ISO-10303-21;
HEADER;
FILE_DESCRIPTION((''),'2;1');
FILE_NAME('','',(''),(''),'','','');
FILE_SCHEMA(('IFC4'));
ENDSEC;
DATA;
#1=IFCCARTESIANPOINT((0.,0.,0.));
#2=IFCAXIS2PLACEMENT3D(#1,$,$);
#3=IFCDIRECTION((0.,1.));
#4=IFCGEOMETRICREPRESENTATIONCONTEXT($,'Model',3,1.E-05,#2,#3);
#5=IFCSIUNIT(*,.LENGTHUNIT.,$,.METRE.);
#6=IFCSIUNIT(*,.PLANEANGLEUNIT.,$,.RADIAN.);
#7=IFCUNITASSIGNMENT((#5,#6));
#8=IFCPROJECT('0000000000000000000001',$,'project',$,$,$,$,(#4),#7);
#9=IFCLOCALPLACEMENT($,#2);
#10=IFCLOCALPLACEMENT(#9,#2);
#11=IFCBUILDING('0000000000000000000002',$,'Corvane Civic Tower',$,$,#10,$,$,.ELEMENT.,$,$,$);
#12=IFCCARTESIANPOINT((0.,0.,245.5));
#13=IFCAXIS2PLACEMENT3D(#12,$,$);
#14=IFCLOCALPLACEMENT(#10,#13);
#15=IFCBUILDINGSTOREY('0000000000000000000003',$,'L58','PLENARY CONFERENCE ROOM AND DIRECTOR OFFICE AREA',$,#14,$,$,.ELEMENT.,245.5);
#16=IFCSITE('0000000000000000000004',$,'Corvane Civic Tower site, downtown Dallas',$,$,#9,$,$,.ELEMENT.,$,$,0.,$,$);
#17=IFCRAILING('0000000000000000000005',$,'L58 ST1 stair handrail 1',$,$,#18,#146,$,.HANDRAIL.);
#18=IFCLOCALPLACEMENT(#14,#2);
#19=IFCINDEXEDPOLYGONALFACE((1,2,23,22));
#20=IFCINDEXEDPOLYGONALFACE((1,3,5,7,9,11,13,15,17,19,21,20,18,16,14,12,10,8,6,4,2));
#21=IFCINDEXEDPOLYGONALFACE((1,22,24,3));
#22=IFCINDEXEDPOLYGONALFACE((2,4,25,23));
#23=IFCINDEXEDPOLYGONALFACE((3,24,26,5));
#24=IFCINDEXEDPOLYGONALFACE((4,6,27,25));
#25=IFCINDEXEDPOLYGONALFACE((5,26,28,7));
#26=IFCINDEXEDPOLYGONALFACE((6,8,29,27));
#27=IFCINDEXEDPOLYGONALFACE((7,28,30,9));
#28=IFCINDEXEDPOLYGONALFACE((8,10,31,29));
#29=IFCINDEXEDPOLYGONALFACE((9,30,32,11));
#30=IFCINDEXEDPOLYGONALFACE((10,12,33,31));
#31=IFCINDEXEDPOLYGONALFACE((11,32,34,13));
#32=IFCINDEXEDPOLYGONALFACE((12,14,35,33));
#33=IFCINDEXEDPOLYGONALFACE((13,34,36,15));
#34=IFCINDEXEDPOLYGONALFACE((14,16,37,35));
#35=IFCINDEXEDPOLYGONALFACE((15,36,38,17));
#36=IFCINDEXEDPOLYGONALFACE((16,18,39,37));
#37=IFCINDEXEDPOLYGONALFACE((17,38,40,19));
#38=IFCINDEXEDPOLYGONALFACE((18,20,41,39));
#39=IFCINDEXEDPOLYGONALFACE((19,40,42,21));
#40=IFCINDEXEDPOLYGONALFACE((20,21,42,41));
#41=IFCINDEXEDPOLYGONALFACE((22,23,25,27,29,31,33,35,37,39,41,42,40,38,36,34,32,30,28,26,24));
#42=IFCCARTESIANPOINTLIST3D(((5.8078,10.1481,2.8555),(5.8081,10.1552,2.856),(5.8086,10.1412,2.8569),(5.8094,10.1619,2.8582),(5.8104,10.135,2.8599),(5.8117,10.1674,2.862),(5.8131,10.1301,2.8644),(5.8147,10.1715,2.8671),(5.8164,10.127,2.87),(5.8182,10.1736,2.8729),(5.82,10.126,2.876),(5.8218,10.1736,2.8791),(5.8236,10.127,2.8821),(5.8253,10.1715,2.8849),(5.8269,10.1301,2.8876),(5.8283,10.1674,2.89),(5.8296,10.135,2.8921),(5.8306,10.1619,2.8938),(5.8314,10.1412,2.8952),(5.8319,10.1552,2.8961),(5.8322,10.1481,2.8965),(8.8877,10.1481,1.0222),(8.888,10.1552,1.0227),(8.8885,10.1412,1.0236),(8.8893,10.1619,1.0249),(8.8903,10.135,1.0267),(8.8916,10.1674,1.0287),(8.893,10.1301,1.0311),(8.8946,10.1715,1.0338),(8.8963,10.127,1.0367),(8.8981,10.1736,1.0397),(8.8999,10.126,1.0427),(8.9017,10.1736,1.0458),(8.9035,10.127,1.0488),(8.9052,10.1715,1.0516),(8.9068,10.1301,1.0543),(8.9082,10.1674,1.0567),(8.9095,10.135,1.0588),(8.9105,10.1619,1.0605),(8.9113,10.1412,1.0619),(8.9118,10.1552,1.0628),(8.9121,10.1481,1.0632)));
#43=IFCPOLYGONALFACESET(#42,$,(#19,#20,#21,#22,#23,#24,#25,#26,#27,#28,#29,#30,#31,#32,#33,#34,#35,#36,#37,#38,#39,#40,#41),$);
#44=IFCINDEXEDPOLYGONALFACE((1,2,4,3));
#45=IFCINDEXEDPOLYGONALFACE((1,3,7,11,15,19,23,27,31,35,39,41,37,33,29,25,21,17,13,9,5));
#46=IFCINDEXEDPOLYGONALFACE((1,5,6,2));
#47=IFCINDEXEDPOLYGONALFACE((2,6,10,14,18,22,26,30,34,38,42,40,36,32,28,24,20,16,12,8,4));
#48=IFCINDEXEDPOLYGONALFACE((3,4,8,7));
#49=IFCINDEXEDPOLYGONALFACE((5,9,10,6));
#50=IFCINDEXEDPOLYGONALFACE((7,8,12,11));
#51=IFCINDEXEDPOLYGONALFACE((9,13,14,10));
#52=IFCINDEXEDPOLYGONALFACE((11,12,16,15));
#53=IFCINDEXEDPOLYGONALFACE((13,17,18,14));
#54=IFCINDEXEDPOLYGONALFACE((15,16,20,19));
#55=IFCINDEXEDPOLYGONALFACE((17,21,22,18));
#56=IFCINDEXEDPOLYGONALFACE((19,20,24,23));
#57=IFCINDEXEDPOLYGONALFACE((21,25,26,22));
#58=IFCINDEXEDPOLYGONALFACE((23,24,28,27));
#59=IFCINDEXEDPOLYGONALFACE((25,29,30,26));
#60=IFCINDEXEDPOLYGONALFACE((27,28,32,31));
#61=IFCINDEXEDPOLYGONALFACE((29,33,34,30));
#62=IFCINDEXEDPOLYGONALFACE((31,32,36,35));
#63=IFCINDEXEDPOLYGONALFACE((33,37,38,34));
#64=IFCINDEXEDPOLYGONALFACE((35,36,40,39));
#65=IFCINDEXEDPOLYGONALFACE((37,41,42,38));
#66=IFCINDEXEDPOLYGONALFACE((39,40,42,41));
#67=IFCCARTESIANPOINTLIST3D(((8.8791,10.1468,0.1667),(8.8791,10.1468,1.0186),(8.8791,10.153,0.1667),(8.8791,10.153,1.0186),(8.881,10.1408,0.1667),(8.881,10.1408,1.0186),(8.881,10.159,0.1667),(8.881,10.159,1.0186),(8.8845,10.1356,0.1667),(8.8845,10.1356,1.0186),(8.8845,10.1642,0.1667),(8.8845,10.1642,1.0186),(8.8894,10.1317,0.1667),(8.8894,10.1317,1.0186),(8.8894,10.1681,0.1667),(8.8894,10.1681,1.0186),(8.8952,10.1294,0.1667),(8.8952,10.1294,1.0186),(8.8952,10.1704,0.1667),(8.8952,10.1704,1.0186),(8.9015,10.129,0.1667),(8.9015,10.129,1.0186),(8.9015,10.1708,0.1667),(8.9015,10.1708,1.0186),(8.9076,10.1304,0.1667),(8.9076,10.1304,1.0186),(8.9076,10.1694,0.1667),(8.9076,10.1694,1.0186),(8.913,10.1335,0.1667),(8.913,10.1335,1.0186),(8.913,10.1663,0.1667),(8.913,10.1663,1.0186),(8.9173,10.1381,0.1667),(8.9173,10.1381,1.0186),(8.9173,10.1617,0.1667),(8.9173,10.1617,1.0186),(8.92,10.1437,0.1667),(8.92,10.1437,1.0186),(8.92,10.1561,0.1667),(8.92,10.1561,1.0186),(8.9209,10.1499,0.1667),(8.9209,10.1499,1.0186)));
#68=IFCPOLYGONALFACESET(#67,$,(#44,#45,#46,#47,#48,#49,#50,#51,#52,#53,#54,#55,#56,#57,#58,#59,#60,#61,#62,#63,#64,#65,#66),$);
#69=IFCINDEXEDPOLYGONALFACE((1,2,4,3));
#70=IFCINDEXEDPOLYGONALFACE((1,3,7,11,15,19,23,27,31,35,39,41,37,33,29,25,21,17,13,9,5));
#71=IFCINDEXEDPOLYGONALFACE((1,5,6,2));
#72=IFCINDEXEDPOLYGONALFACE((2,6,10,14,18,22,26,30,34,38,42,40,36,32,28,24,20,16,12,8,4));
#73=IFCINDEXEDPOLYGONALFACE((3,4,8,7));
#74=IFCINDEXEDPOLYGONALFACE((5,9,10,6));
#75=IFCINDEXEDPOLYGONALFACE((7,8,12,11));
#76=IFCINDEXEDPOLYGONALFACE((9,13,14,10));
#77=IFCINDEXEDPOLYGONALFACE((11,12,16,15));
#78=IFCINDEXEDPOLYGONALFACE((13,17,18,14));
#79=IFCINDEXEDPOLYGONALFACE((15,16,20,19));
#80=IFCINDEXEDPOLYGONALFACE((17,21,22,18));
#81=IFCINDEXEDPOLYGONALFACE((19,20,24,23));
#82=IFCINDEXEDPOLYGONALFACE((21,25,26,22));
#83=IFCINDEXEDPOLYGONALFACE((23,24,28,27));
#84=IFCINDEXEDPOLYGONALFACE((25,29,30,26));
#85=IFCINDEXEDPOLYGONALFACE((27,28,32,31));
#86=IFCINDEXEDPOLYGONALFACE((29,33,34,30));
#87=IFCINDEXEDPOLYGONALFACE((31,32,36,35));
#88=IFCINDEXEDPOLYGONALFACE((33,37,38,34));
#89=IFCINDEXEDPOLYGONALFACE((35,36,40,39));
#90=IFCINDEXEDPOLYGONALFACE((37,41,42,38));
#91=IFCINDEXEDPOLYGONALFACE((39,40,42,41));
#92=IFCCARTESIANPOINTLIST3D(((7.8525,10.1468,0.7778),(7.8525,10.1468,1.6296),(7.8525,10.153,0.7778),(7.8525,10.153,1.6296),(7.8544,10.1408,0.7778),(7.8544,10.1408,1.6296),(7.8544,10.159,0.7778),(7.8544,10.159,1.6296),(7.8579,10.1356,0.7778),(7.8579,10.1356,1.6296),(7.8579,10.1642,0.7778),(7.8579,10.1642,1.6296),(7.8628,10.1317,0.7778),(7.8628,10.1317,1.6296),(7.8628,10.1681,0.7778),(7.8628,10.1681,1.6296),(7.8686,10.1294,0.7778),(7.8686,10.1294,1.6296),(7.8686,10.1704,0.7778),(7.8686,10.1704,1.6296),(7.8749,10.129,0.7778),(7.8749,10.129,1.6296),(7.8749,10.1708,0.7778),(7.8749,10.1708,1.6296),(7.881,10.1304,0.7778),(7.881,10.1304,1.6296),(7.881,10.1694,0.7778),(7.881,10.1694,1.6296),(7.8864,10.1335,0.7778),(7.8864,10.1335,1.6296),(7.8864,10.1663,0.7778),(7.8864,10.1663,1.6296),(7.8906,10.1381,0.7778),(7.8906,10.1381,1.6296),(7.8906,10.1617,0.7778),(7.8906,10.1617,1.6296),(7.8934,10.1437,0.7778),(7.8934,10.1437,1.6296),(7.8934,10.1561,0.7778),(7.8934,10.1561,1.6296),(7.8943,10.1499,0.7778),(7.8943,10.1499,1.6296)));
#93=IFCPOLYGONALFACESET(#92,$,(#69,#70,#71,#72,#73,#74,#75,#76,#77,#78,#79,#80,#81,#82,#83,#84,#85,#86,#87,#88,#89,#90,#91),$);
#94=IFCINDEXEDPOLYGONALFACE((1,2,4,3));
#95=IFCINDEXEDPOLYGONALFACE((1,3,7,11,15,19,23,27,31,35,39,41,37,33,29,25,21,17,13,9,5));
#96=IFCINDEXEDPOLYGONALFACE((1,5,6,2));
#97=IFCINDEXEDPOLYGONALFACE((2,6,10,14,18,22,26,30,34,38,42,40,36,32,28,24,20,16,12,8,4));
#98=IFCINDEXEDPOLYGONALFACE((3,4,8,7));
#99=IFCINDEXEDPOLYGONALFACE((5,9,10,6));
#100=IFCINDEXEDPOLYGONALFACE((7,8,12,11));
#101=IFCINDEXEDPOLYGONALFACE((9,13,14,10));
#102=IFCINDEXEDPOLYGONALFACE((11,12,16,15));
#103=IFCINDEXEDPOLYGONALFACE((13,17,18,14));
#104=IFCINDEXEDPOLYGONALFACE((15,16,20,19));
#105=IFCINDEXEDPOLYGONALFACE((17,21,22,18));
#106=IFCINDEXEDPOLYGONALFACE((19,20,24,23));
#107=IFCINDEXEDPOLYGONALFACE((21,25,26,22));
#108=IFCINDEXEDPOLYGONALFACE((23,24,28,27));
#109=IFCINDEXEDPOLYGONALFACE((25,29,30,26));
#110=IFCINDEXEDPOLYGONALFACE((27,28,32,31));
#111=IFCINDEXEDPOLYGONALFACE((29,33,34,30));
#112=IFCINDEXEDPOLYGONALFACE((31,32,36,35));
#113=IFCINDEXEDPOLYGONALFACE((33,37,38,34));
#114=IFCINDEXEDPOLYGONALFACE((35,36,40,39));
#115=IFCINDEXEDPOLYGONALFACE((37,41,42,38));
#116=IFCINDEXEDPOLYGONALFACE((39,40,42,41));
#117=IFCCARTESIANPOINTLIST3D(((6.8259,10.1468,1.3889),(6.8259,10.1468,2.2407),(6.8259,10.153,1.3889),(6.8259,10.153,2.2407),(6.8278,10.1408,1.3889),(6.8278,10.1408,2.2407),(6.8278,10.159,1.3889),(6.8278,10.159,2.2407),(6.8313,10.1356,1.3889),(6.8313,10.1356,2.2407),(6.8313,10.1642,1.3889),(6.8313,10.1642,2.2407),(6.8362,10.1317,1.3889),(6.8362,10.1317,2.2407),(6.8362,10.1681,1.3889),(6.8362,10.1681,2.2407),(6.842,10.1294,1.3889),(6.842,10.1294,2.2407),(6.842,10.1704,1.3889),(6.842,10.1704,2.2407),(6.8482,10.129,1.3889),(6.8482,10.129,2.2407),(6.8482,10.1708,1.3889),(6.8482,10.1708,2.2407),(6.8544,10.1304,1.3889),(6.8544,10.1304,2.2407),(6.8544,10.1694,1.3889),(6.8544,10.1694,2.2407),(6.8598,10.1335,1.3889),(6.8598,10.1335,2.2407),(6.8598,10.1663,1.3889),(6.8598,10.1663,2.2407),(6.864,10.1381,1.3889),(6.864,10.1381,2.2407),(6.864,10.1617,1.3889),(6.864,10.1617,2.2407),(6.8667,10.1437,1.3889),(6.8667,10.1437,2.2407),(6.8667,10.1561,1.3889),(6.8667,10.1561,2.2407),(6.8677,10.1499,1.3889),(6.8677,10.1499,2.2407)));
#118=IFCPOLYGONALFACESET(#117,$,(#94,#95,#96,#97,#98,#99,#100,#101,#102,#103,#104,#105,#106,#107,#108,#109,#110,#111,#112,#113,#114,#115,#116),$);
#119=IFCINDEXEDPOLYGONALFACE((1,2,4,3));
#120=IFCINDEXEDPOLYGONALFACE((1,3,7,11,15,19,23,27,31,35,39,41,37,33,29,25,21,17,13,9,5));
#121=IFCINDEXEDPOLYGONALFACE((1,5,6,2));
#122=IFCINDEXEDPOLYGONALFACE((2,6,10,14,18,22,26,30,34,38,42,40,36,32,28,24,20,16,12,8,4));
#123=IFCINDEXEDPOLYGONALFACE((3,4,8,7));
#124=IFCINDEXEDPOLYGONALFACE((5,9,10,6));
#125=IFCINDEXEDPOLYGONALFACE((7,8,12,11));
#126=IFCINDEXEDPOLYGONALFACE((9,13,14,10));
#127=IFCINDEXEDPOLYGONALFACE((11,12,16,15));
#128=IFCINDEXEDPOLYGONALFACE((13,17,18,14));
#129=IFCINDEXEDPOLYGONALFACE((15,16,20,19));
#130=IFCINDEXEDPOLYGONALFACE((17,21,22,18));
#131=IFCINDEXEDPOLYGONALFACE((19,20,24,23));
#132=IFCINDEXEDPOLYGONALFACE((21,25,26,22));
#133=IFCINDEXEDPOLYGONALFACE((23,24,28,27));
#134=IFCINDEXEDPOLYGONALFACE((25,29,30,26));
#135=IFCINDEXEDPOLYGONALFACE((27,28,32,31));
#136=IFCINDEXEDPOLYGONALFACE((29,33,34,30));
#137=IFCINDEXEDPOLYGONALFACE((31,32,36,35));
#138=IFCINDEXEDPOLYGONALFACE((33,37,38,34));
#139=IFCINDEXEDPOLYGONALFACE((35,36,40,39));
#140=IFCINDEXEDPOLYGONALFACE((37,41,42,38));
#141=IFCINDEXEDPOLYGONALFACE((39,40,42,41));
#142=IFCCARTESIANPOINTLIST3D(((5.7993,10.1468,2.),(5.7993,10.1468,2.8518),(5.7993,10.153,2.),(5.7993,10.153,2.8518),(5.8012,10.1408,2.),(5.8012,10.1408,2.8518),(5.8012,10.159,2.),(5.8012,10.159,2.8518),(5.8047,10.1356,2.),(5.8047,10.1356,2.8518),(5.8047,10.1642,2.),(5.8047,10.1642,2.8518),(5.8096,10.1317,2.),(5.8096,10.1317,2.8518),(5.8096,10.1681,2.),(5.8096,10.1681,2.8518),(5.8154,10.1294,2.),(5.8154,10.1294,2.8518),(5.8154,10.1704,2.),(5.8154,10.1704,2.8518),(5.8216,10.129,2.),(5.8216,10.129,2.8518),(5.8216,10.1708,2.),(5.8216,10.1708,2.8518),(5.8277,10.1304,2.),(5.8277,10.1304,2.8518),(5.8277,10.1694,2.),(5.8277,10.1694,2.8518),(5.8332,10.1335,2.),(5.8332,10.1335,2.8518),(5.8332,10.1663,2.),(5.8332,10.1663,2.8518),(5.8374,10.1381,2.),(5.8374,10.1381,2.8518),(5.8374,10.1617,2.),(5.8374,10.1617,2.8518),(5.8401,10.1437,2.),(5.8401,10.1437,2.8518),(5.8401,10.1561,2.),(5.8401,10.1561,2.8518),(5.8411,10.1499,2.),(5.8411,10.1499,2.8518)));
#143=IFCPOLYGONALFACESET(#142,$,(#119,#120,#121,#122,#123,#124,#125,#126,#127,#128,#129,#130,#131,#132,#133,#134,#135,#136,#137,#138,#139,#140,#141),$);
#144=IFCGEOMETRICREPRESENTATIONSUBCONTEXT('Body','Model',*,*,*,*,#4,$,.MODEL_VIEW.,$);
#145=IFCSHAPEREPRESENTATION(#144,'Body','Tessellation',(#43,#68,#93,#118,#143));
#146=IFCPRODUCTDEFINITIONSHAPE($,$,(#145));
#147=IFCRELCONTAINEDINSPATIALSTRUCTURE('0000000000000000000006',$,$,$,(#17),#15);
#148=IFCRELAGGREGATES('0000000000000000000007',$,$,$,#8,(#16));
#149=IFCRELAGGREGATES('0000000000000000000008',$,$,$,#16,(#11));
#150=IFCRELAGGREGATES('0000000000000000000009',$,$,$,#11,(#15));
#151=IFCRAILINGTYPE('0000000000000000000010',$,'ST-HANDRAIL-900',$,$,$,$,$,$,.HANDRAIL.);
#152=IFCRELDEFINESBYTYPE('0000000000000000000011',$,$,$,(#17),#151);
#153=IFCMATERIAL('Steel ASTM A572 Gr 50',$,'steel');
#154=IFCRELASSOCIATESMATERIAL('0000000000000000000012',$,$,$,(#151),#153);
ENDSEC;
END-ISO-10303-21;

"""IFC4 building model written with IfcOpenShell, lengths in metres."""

from ifc_helpers import new_model, si_unit, direction, frame, origin, origin_2d, place, context, subcontext, project, spatial, circle, extrude, material, type_object, element, save


model = new_model("IFC4")

# Units and contexts
model_context = context("Model", 3, precision=1e-05, world=origin(), true_north=direction((0.0, 1.0)))
body_context = subcontext(model_context, "Body", "Model", "MODEL_VIEW")
ifc_project = project(units=[si_unit("LENGTHUNIT", "METRE"), si_unit("PLANEANGLEUNIT", "RADIAN")], contexts=[model_context])

# Site, building, storey
site_placement = place(None, origin())
site = spatial("IfcSite", under=ifc_project, at=site_placement, Name="Corvane Civic Tower site, downtown Dallas", CompositionType="ELEMENT", RefElevation=0.0)
building_placement = place(site_placement, origin())
building = spatial("IfcBuilding", under=site, at=building_placement, Name="Corvane Civic Tower", CompositionType="ELEMENT")
storey_placement = place(building_placement, frame((0.0, 0.0, 245.5)))
storey = spatial("IfcBuildingStorey", under=building, at=storey_placement, Name="L58", Description="PLENARY CONFERENCE ROOM AND DIRECTOR OFFICE AREA", CompositionType="ELEMENT", Elevation=245.5)

# Railing
ifc_material_1 = material(Name="Steel ASTM A572 Gr 50", Category="steel")
railing_type = type_object("IfcRailingType", Name="ST-HANDRAIL-900", PredefinedType="HANDRAIL", material=ifc_material_1)
railing_placement = place(storey_placement, frame((8.8999, 10.1499, 0.1667)))
element("IfcRailing", 1, at=railing_placement, inside=storey, type_object=railing_type, Name="L58 ST1 stair handrail 1", PredefinedType="HANDRAIL", context=body_context, shape_type="SweptSolid", body=[
    extrude(circle(Radius=0.0239, at=origin_2d()), frame((0.0, 0.0, 0.876), z_axis=(-0.859291, 0.0, 0.511487), x_axis=(0.0, -1.0, 0.0)), (0.0, 0.0, 1.0), 3.5842),
    extrude(circle(Radius=0.021, at=origin_2d()), origin(), (0.0, 0.0, 1.0), 0.8518),
    extrude(circle(Radius=0.021, at=origin_2d()), frame((-1.0266, 0.0, 0.6111)), (0.0, 0.0, 1.0), 0.8518),
    extrude(circle(Radius=0.021, at=origin_2d()), frame((-2.0532, 0.0, 1.2222)), (0.0, 0.0, 1.0), 0.8518),
    extrude(circle(Radius=0.021, at=origin_2d()), frame((-3.0798, 0.0, 1.8333)), (0.0, 0.0, 1.0), 0.8518),
])

save(model, "model.ifc")
